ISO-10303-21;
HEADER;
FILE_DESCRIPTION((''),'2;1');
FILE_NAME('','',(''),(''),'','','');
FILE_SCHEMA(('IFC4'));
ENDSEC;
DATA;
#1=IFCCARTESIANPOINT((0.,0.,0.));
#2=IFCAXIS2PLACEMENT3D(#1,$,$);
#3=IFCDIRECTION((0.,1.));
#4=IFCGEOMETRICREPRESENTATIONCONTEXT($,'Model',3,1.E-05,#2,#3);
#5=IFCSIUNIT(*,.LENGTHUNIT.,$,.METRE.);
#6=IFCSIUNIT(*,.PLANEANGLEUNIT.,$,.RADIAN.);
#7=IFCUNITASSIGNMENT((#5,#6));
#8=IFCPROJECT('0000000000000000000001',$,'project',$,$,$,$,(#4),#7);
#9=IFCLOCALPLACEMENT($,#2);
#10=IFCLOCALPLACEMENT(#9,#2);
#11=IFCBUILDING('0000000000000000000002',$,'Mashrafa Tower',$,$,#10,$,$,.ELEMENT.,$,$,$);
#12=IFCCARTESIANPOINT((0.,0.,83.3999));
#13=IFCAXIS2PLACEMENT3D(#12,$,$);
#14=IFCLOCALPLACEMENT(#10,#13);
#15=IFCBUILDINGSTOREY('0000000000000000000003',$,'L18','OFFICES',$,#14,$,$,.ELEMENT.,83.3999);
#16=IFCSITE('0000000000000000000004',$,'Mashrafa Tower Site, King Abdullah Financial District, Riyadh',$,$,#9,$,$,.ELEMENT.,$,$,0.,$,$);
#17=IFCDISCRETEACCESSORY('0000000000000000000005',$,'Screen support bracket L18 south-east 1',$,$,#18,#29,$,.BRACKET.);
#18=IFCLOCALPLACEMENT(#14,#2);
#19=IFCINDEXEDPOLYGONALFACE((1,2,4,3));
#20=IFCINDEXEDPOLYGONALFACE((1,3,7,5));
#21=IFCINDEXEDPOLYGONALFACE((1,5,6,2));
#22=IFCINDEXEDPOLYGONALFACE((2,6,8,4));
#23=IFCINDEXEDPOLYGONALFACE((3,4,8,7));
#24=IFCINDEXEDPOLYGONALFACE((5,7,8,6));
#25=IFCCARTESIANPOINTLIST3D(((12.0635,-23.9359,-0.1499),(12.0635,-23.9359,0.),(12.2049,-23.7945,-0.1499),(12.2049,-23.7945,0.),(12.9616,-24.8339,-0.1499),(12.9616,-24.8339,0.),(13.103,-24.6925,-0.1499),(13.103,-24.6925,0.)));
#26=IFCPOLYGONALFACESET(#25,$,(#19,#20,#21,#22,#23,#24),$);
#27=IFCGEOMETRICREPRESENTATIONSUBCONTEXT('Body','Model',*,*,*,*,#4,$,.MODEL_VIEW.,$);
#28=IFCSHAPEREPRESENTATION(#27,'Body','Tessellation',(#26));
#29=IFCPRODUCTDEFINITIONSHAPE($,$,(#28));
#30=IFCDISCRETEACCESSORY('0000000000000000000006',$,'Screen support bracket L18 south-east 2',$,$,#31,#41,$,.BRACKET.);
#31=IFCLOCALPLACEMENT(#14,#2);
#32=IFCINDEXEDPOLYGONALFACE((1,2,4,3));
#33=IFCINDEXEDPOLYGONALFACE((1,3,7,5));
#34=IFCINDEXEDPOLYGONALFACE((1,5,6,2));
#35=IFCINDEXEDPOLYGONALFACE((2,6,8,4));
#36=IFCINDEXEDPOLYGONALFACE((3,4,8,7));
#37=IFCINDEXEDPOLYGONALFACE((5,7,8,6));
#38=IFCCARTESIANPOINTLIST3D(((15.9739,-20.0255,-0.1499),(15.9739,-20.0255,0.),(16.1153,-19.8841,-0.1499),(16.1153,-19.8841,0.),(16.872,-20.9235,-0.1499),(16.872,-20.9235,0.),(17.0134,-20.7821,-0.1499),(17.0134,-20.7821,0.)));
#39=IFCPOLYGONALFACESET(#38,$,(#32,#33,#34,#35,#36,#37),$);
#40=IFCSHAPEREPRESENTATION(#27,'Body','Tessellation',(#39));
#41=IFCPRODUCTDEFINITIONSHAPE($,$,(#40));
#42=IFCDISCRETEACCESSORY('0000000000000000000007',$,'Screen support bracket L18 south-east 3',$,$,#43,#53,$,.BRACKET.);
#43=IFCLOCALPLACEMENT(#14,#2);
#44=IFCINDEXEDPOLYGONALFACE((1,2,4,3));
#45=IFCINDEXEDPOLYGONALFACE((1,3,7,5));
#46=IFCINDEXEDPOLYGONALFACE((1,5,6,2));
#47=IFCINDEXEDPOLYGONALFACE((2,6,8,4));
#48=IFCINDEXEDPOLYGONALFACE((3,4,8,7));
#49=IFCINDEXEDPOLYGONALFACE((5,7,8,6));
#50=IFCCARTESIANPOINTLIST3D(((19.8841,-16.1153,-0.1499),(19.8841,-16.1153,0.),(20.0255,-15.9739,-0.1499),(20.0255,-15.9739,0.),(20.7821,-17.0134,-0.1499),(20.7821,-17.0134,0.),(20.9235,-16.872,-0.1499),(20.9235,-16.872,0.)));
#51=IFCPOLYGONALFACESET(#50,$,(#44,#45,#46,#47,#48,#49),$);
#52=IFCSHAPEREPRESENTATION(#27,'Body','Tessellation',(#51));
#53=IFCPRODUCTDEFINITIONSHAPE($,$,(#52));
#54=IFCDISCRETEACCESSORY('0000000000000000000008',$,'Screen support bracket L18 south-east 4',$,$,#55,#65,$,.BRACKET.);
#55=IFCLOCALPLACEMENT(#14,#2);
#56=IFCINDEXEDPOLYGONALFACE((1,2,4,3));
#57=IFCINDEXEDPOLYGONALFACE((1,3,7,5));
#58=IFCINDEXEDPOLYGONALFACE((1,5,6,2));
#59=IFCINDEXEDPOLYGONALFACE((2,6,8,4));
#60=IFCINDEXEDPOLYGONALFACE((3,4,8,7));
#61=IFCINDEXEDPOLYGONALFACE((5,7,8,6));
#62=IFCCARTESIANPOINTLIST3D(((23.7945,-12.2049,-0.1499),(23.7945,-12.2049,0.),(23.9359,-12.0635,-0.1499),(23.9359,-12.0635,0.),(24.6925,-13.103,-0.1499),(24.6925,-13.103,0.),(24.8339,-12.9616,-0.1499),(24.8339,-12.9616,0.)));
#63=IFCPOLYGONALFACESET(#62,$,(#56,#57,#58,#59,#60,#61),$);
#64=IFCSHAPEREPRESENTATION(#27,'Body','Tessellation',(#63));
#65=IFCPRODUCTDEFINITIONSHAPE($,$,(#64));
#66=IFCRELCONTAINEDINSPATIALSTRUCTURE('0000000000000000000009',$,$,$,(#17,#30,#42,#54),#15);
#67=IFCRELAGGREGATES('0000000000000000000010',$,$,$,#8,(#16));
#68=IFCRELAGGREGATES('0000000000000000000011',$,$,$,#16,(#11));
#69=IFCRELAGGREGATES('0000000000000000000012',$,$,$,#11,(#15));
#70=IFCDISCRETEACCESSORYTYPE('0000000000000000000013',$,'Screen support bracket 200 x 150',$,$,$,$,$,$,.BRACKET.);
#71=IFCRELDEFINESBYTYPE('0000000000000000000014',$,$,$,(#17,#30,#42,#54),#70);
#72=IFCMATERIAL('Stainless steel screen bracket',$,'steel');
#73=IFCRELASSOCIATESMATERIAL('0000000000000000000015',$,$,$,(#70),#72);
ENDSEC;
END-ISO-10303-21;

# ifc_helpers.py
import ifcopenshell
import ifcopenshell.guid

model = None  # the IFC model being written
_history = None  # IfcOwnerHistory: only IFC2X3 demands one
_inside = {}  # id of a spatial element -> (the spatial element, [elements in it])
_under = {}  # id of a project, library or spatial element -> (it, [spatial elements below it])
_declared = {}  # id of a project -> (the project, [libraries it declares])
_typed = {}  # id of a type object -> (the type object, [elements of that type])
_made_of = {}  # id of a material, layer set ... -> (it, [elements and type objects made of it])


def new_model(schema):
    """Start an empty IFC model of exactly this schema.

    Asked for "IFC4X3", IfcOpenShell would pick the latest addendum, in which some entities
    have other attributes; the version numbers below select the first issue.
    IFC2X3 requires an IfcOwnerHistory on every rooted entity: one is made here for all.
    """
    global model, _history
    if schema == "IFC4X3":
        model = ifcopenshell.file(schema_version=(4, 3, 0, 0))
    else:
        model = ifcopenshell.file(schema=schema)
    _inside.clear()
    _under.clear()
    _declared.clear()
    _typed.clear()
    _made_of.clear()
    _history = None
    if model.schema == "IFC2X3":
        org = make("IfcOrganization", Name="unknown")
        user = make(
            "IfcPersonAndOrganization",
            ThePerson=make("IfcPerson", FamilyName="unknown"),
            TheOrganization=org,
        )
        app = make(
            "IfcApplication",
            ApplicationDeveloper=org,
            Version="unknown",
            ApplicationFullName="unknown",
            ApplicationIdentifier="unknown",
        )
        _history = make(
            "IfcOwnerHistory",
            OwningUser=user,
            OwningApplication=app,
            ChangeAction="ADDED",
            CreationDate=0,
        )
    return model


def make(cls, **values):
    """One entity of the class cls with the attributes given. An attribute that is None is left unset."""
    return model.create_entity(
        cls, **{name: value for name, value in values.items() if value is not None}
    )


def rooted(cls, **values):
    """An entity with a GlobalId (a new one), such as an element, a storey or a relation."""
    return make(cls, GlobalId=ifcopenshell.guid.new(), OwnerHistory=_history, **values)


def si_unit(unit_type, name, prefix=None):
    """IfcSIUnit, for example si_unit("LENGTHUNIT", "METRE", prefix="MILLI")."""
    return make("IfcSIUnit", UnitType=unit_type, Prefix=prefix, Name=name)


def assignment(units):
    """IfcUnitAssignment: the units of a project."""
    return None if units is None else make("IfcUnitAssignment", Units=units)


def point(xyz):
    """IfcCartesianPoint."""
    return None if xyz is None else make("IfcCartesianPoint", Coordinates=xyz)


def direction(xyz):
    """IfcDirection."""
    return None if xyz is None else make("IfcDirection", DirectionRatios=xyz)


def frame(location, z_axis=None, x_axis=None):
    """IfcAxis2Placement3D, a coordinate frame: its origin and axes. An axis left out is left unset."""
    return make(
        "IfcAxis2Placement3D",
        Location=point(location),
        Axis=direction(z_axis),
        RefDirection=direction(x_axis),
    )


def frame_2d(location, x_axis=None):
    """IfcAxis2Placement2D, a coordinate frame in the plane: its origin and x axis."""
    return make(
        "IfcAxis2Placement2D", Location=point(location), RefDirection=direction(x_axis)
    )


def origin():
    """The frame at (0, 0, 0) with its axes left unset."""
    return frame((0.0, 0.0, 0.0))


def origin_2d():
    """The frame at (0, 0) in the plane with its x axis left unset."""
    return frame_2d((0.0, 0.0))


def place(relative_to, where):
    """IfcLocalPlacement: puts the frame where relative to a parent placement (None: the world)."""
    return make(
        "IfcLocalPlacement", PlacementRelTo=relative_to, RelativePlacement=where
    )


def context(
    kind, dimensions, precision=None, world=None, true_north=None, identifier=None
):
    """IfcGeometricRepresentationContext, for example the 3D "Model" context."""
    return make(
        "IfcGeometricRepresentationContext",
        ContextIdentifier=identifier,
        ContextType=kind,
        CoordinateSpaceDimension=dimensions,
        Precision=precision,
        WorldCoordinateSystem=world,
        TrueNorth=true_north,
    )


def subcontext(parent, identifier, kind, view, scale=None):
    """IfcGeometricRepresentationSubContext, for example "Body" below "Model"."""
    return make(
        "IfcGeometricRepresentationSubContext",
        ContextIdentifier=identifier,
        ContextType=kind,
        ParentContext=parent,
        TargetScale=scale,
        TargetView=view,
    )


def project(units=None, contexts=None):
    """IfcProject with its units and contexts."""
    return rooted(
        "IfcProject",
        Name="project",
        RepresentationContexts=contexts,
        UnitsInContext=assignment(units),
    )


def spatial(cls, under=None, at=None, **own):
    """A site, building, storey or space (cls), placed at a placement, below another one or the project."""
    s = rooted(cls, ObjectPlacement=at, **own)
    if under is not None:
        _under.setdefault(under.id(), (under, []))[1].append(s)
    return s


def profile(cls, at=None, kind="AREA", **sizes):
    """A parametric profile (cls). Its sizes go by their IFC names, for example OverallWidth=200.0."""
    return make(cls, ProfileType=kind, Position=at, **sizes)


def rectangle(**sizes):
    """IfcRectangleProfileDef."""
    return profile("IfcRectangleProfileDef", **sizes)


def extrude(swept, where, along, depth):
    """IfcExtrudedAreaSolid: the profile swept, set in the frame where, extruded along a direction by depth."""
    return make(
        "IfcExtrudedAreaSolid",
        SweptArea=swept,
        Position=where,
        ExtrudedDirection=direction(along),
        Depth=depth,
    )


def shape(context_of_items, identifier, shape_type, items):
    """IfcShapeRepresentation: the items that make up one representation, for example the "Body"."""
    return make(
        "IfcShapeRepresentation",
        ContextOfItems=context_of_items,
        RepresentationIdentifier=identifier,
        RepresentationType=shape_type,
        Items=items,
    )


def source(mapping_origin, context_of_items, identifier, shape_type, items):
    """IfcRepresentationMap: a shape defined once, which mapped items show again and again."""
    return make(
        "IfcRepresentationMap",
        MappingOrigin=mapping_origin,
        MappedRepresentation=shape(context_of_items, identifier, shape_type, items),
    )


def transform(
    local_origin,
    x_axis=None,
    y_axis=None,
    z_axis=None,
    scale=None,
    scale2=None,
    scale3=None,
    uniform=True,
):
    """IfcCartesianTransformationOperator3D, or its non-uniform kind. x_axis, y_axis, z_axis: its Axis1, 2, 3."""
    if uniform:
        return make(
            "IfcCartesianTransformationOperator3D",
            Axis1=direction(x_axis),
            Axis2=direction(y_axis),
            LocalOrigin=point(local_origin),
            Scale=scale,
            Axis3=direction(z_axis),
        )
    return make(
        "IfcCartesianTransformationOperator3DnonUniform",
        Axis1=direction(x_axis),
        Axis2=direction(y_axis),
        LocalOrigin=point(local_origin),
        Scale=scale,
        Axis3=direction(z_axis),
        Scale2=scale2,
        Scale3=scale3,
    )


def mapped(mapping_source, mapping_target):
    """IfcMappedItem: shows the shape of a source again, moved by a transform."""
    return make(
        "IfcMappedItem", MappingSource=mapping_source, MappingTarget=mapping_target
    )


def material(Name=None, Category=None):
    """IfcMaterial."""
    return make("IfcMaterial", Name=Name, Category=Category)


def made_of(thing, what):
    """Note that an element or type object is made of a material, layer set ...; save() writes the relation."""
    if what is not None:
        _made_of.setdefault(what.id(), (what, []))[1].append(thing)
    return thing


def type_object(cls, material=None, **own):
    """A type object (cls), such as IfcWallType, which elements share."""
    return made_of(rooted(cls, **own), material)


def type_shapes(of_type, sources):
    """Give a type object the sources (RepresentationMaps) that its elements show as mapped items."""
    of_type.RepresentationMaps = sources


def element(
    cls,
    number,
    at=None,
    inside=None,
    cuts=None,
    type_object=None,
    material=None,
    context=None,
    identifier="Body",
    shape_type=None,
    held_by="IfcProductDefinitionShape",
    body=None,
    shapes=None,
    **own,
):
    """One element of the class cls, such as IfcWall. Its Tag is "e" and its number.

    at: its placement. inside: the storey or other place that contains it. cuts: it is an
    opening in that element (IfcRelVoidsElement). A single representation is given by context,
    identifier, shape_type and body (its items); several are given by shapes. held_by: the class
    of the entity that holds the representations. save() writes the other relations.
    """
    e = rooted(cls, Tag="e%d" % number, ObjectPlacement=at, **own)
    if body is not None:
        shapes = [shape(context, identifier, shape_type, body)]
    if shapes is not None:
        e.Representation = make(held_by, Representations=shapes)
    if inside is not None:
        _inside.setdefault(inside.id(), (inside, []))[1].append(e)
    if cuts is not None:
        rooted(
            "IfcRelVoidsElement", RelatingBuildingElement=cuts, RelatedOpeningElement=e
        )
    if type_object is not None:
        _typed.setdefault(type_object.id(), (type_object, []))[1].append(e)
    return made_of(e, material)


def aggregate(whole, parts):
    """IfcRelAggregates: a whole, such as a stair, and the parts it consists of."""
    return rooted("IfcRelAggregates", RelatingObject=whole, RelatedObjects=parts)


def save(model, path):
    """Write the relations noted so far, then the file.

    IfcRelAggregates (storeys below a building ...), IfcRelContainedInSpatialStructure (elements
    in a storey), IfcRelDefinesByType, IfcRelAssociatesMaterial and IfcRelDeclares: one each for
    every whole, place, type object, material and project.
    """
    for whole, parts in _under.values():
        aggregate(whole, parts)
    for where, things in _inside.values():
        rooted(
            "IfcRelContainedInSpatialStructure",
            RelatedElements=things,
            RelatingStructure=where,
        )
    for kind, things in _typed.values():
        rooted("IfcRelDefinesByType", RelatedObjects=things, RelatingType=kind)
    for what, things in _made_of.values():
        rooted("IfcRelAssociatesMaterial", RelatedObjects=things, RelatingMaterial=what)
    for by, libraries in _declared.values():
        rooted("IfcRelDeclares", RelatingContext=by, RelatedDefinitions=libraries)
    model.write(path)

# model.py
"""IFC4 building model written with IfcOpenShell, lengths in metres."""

from ifc_helpers import new_model, si_unit, direction, frame, origin, origin_2d, place, context, subcontext, project, spatial, rectangle, extrude, source, transform, mapped, material, type_object, type_shapes, element, save


model = new_model("IFC4")

# Units and contexts
model_context = context("Model", 3, precision=1e-05, world=origin(), true_north=direction((0.0, 1.0)))
body_context = subcontext(model_context, "Body", "Model", "MODEL_VIEW")
ifc_project = project(units=[si_unit("LENGTHUNIT", "METRE"), si_unit("PLANEANGLEUNIT", "RADIAN")], contexts=[model_context])

# Site, building, storey
site_placement = place(None, origin())
site = spatial("IfcSite", under=ifc_project, at=site_placement, Name="Mashrafa Tower Site, King Abdullah Financial District, Riyadh", CompositionType="ELEMENT", RefElevation=0.0)
building_placement = place(site_placement, origin())
building = spatial("IfcBuilding", under=site, at=building_placement, Name="Mashrafa Tower", CompositionType="ELEMENT")
storey_placement = place(building_placement, frame((0.0, 0.0, 83.3999)))
storey = spatial("IfcBuildingStorey", under=building, at=storey_placement, Name="L18", Description="OFFICES", CompositionType="ELEMENT", Elevation=83.3999)

# Discrete accessories
ifc_material_1 = material(Name="Stainless steel screen bracket", Category="steel")
discrete_accessory_type = type_object("IfcDiscreteAccessoryType", Name="Screen support bracket 200 x 150", PredefinedType="BRACKET", material=ifc_material_1)
shared_shape_1 = source(origin(), body_context, "Body", "SweptSolid", [
    extrude(rectangle(XDim=0.2, YDim=1.27, at=origin_2d()), origin(), (0.0, 0.0, 1.0), 0.1499),
])
type_shapes(discrete_accessory_type, [shared_shape_1])
for number, where, z_axis, x_axis, name in (
    (1, (12.5833, -24.3142, -0.1499), (0.0, 0.0, 1.0), (0.707107, 0.707107, 0.0), "Screen support bracket L18 south-east 1"),
    (2, (16.4937, -20.4038, -0.1499), (0.0, 0.0, 1.0), (0.707107, 0.707107, 0.0), "Screen support bracket L18 south-east 2"),
    (3, (20.4038, -16.4937, -0.1499), (0.0, 0.0, 1.0), (0.707107, 0.707107, 0.0), "Screen support bracket L18 south-east 3"),
    (4, (24.3142, -12.5833, -0.1499), (0.0, 0.0, 1.0), (0.707107, 0.707107, 0.0), "Screen support bracket L18 south-east 4"),
):
    element("IfcDiscreteAccessory", number, at=place(storey_placement, frame(where, z_axis=z_axis, x_axis=x_axis)), inside=storey, type_object=discrete_accessory_type, Name=name, PredefinedType="BRACKET", context=body_context, shape_type="MappedRepresentation", body=[
        mapped(shared_shape_1, transform((0.0, 0.0, 0.0))),
    ])

save(model, "model.ifc")
